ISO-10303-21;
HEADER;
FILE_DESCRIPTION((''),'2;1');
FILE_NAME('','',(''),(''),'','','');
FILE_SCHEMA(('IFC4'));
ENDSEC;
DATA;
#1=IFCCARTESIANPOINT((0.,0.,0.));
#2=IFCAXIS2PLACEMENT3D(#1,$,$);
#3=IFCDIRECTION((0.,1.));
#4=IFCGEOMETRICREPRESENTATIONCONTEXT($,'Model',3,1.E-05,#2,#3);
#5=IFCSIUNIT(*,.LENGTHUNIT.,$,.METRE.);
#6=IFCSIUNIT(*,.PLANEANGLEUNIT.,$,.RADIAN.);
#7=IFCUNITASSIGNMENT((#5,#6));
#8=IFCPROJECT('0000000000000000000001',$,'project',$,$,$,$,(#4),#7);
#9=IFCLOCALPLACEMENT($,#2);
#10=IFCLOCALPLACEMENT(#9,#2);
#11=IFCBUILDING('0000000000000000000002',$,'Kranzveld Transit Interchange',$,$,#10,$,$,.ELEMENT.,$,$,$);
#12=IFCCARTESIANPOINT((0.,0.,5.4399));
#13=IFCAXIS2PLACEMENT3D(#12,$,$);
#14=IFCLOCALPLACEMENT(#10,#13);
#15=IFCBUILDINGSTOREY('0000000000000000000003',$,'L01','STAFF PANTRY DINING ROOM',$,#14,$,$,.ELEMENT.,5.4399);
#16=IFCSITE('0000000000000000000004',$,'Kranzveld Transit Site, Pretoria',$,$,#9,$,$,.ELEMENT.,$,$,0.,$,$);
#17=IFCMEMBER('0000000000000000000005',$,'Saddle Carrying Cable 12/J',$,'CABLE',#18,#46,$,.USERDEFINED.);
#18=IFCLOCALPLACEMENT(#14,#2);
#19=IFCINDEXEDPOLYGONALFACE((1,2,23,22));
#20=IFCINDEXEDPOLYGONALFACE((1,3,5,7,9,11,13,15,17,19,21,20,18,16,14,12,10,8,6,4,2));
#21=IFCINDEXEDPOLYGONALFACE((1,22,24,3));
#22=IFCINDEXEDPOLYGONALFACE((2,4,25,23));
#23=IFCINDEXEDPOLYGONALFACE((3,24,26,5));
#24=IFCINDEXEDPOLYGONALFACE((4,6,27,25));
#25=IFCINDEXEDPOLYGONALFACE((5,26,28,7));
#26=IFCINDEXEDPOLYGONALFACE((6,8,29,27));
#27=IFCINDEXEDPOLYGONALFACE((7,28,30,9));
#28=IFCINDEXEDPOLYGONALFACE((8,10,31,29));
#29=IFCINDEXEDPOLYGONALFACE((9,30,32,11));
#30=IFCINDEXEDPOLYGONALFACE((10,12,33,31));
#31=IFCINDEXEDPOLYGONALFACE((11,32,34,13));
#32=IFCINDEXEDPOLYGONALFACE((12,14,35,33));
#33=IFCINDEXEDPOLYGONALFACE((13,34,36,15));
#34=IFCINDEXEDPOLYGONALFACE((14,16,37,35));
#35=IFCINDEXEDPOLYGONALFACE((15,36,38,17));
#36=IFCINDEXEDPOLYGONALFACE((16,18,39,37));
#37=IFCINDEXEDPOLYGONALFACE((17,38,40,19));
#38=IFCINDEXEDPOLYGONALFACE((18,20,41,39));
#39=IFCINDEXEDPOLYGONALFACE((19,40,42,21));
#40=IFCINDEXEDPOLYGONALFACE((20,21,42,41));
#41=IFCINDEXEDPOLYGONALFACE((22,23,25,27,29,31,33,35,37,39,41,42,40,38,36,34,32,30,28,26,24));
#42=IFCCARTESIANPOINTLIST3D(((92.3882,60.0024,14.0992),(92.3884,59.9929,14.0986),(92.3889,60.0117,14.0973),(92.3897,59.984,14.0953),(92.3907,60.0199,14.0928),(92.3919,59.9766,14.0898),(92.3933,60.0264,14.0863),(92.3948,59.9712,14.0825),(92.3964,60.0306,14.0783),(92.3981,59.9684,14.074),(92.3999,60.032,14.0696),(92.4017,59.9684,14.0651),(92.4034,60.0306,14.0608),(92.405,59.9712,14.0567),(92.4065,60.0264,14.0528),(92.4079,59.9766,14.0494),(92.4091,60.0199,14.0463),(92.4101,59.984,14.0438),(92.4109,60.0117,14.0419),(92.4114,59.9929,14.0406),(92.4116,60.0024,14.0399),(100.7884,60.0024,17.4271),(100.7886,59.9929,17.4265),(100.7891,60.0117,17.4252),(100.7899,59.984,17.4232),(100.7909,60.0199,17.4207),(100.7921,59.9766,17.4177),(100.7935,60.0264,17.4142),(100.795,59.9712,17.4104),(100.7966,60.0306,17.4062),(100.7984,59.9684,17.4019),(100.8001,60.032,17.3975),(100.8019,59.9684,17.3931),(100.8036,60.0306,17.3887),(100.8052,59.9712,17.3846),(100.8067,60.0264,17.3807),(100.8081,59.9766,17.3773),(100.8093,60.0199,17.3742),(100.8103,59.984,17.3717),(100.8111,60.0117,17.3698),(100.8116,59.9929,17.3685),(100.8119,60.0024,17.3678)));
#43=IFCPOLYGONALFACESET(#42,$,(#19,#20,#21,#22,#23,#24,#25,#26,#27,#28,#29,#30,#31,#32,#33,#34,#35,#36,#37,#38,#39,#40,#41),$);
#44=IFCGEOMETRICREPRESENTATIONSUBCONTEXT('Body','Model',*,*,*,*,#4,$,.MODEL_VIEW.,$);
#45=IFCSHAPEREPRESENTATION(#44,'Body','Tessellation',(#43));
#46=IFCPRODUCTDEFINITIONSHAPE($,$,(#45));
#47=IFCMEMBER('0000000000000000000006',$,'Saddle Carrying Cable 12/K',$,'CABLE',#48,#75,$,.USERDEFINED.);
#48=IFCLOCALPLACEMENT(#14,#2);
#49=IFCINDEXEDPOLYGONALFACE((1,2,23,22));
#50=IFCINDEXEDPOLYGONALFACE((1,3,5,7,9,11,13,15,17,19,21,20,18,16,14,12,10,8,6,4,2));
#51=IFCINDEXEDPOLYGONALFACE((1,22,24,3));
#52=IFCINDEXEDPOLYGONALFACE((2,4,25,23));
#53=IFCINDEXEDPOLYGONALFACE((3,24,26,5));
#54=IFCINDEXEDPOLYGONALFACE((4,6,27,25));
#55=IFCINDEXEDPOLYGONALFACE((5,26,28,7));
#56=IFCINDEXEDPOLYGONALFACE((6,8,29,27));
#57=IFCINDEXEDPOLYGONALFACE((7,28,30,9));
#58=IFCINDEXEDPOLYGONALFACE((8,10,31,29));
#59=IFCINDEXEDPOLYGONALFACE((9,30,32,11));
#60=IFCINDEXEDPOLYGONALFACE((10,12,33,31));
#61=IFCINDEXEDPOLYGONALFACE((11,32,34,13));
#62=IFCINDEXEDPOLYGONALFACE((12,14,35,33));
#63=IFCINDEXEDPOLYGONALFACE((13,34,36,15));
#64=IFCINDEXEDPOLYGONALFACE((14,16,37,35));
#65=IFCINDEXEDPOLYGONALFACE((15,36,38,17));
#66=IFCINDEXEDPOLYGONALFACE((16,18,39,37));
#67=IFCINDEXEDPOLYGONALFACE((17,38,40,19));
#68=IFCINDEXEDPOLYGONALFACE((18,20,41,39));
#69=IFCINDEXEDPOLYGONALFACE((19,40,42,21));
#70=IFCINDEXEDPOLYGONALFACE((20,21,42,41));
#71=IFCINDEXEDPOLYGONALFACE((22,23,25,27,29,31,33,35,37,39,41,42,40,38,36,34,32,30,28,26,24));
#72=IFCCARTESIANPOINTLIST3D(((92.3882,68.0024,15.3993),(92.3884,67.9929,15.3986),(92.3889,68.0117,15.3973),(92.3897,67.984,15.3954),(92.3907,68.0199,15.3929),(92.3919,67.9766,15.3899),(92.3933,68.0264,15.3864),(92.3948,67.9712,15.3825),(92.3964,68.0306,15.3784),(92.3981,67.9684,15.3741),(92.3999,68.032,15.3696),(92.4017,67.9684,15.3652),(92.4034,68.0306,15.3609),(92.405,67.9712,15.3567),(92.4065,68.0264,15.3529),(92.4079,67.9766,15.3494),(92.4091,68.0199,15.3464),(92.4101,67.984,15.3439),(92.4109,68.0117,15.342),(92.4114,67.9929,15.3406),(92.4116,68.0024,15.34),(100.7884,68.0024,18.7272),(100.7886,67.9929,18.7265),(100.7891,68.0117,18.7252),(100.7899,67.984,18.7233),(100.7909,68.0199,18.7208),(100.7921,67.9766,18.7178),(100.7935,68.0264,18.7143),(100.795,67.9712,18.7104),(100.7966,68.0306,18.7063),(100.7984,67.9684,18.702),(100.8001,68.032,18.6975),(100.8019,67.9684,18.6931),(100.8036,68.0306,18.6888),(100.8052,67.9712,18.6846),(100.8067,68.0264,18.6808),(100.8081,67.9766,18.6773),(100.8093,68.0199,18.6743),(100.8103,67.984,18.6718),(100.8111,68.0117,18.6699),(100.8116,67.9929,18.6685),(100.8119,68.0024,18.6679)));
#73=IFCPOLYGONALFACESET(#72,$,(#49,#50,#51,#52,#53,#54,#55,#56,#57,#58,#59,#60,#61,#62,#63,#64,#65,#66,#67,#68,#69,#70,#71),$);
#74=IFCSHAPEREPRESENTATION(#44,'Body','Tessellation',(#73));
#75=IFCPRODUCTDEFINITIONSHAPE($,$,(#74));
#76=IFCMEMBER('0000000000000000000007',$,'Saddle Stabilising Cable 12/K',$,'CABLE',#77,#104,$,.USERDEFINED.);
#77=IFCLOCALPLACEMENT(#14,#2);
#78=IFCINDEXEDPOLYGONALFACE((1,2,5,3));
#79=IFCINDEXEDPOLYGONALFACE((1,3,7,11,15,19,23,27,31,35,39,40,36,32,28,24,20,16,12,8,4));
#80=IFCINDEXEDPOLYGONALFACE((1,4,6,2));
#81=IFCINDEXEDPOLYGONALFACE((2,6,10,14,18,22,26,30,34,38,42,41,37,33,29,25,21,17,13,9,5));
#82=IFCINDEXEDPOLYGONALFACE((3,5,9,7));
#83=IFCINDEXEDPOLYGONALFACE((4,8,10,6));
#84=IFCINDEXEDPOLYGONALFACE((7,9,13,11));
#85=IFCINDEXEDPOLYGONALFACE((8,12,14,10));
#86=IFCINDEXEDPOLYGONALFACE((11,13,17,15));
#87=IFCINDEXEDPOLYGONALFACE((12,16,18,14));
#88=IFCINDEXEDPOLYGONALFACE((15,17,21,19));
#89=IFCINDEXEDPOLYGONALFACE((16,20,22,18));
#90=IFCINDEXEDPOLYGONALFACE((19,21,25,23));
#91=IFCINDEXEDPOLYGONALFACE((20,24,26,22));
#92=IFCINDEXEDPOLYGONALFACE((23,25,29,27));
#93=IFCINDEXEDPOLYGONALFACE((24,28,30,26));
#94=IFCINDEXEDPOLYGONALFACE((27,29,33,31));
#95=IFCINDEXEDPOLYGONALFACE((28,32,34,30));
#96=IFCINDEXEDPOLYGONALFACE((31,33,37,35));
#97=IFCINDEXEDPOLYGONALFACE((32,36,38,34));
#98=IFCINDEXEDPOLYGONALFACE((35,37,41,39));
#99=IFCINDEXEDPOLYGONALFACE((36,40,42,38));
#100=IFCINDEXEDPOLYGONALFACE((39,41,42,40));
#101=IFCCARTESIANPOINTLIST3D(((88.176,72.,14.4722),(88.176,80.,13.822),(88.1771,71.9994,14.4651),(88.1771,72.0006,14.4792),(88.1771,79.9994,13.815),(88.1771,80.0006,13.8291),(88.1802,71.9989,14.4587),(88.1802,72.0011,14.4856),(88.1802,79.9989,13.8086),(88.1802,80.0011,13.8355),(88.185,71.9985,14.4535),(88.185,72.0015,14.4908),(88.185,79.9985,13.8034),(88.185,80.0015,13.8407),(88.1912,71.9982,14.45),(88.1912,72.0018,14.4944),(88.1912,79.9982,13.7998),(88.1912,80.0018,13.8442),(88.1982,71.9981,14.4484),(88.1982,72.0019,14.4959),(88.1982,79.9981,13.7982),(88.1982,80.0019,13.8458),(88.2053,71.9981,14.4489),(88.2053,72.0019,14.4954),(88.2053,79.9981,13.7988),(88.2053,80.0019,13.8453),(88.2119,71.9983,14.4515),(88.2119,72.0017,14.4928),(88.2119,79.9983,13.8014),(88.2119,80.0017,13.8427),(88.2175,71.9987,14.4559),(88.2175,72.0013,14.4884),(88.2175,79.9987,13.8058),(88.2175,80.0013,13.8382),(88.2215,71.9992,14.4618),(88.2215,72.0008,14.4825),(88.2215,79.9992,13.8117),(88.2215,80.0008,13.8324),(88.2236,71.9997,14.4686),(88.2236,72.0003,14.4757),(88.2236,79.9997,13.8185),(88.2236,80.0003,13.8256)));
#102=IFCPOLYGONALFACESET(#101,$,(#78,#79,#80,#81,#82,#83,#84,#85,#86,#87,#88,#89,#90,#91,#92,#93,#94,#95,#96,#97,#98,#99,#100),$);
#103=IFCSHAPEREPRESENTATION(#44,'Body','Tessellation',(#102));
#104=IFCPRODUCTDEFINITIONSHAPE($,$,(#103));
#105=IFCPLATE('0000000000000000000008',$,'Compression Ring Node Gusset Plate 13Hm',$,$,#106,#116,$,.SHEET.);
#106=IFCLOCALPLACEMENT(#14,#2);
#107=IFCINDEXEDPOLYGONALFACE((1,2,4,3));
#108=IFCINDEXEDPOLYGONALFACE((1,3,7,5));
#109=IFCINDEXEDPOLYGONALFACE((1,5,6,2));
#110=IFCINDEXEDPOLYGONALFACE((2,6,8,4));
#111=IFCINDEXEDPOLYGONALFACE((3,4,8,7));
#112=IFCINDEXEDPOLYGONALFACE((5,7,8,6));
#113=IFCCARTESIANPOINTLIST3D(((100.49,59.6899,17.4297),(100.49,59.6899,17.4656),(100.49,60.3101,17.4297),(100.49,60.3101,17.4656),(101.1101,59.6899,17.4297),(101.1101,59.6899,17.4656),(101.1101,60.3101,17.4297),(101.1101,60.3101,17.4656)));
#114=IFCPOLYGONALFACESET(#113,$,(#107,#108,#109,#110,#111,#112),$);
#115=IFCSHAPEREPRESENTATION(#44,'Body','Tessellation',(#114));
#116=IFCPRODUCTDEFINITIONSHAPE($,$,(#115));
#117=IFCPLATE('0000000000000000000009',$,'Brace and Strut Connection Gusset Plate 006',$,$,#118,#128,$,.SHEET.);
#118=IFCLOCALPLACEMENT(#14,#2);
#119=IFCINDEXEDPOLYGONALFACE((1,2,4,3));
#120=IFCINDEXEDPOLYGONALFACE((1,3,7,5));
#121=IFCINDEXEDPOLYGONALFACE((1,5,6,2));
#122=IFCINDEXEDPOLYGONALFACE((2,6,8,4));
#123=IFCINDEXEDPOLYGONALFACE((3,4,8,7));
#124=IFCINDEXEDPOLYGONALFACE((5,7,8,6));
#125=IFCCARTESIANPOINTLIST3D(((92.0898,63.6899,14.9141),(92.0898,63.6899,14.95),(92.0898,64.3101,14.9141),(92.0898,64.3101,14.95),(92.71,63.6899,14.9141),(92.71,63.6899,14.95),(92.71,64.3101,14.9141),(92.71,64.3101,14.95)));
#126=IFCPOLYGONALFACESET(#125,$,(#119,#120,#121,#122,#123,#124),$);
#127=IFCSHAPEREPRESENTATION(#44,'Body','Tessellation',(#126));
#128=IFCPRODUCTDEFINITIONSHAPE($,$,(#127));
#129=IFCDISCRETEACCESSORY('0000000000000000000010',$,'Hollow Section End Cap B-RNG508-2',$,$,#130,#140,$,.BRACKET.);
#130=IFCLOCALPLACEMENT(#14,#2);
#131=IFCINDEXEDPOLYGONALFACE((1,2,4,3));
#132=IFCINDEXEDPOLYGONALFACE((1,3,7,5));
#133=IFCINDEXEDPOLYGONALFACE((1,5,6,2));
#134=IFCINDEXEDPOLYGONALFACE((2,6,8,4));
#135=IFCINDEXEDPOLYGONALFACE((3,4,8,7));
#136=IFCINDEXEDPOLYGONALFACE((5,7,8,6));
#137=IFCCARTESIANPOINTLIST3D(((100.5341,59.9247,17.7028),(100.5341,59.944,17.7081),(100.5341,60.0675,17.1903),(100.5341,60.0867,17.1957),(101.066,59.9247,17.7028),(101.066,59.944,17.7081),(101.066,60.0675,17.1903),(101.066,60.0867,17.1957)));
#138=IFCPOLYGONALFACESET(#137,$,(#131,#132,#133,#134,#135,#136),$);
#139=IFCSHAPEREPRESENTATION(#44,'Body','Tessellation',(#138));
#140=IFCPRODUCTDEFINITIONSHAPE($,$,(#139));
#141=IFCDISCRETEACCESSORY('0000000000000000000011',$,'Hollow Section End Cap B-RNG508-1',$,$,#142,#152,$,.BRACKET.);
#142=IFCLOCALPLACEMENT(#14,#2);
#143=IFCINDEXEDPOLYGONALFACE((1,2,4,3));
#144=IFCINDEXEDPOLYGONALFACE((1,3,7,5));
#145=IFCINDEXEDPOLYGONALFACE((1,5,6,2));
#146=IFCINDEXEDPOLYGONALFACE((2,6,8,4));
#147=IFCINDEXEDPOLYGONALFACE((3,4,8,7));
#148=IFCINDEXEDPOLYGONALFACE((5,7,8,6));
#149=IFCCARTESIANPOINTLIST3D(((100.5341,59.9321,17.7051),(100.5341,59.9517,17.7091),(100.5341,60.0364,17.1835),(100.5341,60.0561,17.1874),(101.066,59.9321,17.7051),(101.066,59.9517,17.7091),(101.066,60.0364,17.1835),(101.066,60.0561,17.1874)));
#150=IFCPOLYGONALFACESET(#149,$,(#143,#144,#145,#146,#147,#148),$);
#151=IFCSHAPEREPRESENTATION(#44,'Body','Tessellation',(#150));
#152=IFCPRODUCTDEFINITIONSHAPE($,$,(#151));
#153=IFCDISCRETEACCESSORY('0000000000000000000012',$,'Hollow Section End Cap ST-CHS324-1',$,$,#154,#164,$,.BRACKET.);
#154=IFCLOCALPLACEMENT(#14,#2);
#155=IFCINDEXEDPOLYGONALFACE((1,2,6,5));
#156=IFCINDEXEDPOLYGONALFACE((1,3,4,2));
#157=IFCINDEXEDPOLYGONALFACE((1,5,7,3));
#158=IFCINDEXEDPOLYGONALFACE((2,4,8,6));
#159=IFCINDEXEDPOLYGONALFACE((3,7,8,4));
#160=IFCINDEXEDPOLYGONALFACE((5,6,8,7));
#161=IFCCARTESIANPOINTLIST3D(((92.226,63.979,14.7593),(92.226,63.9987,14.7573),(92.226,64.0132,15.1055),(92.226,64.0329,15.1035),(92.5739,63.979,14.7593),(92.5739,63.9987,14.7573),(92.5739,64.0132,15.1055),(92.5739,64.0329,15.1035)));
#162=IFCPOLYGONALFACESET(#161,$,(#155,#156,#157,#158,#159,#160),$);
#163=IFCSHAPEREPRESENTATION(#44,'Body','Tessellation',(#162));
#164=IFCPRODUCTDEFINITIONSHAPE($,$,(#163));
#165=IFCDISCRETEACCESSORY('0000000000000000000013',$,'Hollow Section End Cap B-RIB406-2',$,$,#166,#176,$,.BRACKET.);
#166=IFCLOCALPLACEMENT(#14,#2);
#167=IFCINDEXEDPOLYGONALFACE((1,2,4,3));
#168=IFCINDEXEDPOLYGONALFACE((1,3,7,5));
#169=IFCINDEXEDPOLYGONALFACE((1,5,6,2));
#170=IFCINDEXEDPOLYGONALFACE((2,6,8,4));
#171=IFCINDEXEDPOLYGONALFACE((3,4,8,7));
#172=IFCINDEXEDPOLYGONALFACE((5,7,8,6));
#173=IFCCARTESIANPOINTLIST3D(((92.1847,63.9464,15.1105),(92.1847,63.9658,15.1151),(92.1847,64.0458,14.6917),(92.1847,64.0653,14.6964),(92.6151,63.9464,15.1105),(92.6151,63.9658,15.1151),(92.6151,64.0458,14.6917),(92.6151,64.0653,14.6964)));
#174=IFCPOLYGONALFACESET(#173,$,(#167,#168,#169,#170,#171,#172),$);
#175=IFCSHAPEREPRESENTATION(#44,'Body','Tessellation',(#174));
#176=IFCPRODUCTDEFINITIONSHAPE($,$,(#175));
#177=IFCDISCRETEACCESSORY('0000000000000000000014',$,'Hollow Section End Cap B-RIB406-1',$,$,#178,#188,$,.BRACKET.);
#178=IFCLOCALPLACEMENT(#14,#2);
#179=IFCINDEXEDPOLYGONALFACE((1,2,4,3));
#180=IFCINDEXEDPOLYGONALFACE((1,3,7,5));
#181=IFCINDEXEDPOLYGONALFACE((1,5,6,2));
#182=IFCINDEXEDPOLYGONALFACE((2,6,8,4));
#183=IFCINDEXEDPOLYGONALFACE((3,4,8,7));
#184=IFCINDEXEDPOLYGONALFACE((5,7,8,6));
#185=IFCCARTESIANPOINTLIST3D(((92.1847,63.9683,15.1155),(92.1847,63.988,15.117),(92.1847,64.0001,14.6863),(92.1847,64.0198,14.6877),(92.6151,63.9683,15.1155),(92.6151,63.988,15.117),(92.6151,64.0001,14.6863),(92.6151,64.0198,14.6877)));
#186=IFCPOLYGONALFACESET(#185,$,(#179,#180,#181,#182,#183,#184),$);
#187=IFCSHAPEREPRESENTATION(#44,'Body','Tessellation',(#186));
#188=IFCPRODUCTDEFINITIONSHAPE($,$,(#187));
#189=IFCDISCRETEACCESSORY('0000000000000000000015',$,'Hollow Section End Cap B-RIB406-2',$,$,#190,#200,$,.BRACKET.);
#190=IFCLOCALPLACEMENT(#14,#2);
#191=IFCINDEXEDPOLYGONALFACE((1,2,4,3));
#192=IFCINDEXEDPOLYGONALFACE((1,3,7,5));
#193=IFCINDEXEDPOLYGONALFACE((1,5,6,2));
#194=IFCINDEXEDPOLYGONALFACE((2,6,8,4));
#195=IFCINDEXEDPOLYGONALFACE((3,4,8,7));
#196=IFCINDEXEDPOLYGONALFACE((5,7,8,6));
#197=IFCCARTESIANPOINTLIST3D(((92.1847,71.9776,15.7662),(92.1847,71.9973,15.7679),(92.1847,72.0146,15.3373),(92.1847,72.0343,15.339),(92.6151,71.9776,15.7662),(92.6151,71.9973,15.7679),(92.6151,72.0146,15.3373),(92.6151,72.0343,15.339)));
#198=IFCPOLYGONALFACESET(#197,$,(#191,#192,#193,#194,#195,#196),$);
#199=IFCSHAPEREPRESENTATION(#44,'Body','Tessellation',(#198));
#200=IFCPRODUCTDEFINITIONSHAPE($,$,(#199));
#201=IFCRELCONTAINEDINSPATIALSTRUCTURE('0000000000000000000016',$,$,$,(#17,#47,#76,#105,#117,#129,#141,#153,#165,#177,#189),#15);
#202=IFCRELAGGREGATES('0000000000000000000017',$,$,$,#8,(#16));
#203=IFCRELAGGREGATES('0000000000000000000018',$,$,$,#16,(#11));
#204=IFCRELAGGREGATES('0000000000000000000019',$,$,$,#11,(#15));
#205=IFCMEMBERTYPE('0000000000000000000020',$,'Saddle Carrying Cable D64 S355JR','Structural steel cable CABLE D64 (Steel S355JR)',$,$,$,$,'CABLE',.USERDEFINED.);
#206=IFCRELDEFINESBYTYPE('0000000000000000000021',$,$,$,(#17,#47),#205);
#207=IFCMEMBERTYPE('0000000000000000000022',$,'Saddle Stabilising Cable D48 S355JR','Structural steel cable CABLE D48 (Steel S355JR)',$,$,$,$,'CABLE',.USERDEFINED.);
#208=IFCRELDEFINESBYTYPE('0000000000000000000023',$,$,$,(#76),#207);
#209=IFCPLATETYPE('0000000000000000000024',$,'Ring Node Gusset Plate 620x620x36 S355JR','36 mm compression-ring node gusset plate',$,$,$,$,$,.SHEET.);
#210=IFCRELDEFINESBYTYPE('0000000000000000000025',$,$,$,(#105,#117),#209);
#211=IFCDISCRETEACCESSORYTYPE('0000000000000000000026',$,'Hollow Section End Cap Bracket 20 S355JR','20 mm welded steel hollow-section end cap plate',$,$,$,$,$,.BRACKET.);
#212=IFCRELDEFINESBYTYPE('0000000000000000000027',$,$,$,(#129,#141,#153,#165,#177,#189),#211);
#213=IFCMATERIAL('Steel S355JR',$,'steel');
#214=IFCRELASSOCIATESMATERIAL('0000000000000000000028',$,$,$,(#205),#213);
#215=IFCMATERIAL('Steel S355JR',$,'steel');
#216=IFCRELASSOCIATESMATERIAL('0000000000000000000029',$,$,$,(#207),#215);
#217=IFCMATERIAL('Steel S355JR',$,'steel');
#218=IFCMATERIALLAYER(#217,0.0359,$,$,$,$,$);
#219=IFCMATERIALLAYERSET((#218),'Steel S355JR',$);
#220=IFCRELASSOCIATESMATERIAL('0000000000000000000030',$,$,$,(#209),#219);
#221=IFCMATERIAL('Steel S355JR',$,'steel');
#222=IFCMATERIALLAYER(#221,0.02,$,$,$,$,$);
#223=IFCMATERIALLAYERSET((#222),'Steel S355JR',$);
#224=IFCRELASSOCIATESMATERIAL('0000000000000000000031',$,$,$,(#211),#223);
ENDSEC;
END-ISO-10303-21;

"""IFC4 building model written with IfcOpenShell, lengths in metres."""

from ifc_helpers import new_model, si_unit, direction, frame, origin, origin_2d, place, context, subcontext, project, spatial, rectangle, circle, extrude, material, layer, layer_set, material_profile, profile_set, type_object, element, save


model = new_model("IFC4")

# Units and contexts
model_context = context("Model", 3, precision=1e-05, world=origin(), true_north=direction((0.0, 1.0)))
body_context = subcontext(model_context, "Body", "Model", "MODEL_VIEW")
ifc_project = project(units=[si_unit("LENGTHUNIT", "METRE"), si_unit("PLANEANGLEUNIT", "RADIAN")], contexts=[model_context])

# Site, building, storey
site_placement = place(None, origin())
site = spatial("IfcSite", under=ifc_project, at=site_placement, Name="Kranzveld Transit Site, Pretoria", CompositionType="ELEMENT", RefElevation=0.0)
building_placement = place(site_placement, origin())
building = spatial("IfcBuilding", under=site, at=building_placement, Name="Kranzveld Transit Interchange", CompositionType="ELEMENT")
storey_placement = place(building_placement, frame((0.0, 0.0, 5.4399)))
storey = spatial("IfcBuildingStorey", under=building, at=storey_placement, Name="L01", Description="STAFF PANTRY DINING ROOM", CompositionType="ELEMENT", Elevation=5.4399)

# Members
ifc_material_1 = material(Name="Steel S355JR", Category="steel")
ifc_material_profile_1 = material_profile(ifc_material_1, circle(Radius=0.032, at=origin_2d()), Name="CABLE D64")
ifc_profile_set_1 = profile_set([ifc_material_profile_1], Name="Steel S355JR")
member_type_1 = type_object("IfcMemberType", Name="Saddle Carrying Cable D64 S355JR", Description="Structural steel cable CABLE D64 (Steel S355JR)", ElementType="CABLE", PredefinedType="USERDEFINED", material=ifc_profile_set_1)
for number, where, z_axis, x_axis, name in (
    (1, (92.3999, 60.0, 14.0696), (0.9297, 0.0, 0.368319), (0.0, 1.0, 0.0), "Saddle Carrying Cable 12/J"),
    (2, (92.3999, 68.0, 15.3696), (0.9297, 0.0, 0.368319), (0.0, 1.0, 0.0), "Saddle Carrying Cable 12/K"),
):
    element("IfcMember", number, at=place(storey_placement, frame(where, z_axis=z_axis, x_axis=x_axis)), inside=storey, type_object=member_type_1, Name=name, ObjectType="CABLE", PredefinedType="USERDEFINED", context=body_context, shape_type="SweptSolid", body=[
        extrude(circle(Radius=0.032, at=origin_2d()), origin(), (0.0, 0.0, 1.0), 9.0354),
    ])
ifc_material_2 = material(Name="Steel S355JR", Category="steel")
ifc_material_profile_2 = material_profile(ifc_material_2, circle(Radius=0.0239, at=origin_2d()), Name="CABLE D48")
ifc_profile_set_2 = profile_set([ifc_material_profile_2], Name="Steel S355JR")
member_type_2 = type_object("IfcMemberType", Name="Saddle Stabilising Cable D48 S355JR", Description="Structural steel cable CABLE D48 (Steel S355JR)", ElementType="CABLE", PredefinedType="USERDEFINED", material=ifc_profile_set_2)
member_1_placement = place(storey_placement, frame((88.2, 72.0, 14.4722), z_axis=(0.0, 0.996714, -0.081001), x_axis=(-1.0, 0.0, 0.0)))
element("IfcMember", 3, at=member_1_placement, inside=storey, type_object=member_type_2, Name="Saddle Stabilising Cable 12/K", ObjectType="CABLE", PredefinedType="USERDEFINED", context=body_context, shape_type="SweptSolid", body=[
    extrude(circle(Radius=0.0239, at=origin_2d()), origin(), (0.0, 0.0, 1.0), 8.0264),
])

# Plates
ifc_material_3 = material(Name="Steel S355JR", Category="steel")
ifc_layer_1 = layer(ifc_material_3, 0.0359)
ifc_layer_set_1 = layer_set([ifc_layer_1], Name="Steel S355JR")
plate_type = type_object("IfcPlateType", Name="Ring Node Gusset Plate 620x620x36 S355JR", Description="36 mm compression-ring node gusset plate", PredefinedType="SHEET", material=ifc_layer_set_1)
for number, where, z_axis, x_axis, name in (
    (4, (100.8, 60.0, 17.4297), (0.0, 0.0, 1.0), (1.0, 0.0, 0.0), "Compression Ring Node Gusset Plate 13Hm"),
    (5, (92.3999, 64.0, 14.9141), (0.0, 0.0, 1.0), (1.0, 0.0, 0.0), "Brace and Strut Connection Gusset Plate 006"),
):
    element("IfcPlate", number, at=place(storey_placement, frame(where, z_axis=z_axis, x_axis=x_axis)), inside=storey, type_object=plate_type, Name=name, PredefinedType="SHEET", context=body_context, shape_type="SweptSolid", body=[
        extrude(rectangle(XDim=0.6201, YDim=0.6201, at=origin_2d()), origin(), (0.0, 0.0, 1.0), 0.0359),
    ])

# Discrete accessories
ifc_material_4 = material(Name="Steel S355JR", Category="steel")
ifc_layer_2 = layer(ifc_material_4, 0.02)
ifc_layer_set_2 = layer_set([ifc_layer_2], Name="Steel S355JR")
discrete_accessory_type = type_object("IfcDiscreteAccessoryType", Name="Hollow Section End Cap Bracket 20 S355JR", Description="20 mm welded steel hollow-section end cap plate", PredefinedType="BRACKET", material=ifc_layer_set_2)
for number, where, z_axis, x_axis, name in (
    (6, (100.8, 59.9961, 17.4465), (0.0, 0.963343, 0.268273), (-1.0, 0.0, 0.0), "Hollow Section End Cap B-RNG508-2"),
    (7, (100.8, 60.0039, 17.4482), (0.0, -0.980581, -0.196116), (1.0, 0.0, 0.0), "Hollow Section End Cap B-RNG508-1"),
):
    element("IfcDiscreteAccessory", number, at=place(storey_placement, frame(where, z_axis=z_axis, x_axis=x_axis)), inside=storey, type_object=discrete_accessory_type, Name=name, PredefinedType="BRACKET", context=body_context, shape_type="SweptSolid", body=[
        extrude(rectangle(XDim=0.532, YDim=0.532, at=origin_2d()), origin(), (0.0, 0.0, 1.0), 0.02),
    ])
discrete_accessory_1_placement = place(storey_placement, frame((92.3999, 63.9961, 14.9324), z_axis=(0.0, 0.995158, -0.098287), x_axis=(-1.0, 0.0, 0.0)))
element("IfcDiscreteAccessory", 8, at=discrete_accessory_1_placement, inside=storey, type_object=discrete_accessory_type, Name="Hollow Section End Cap ST-CHS324-1", PredefinedType="BRACKET", context=body_context, shape_type="SweptSolid", body=[
    extrude(rectangle(XDim=0.3479, YDim=0.3479, at=origin_2d()), origin(), (0.0, 0.0, 1.0), 0.0198),
])
discrete_accessory_2_placement = place(storey_placement, frame((92.3999, 63.9961, 14.9011), z_axis=(0.0, 0.972937, 0.231072), x_axis=(-1.0, 0.0, 0.0)))
element("IfcDiscreteAccessory", 9, at=discrete_accessory_2_placement, inside=storey, type_object=discrete_accessory_type, Name="Hollow Section End Cap B-RIB406-2", PredefinedType="BRACKET", context=body_context, shape_type="SweptSolid", body=[
    extrude(rectangle(XDim=0.4304, YDim=0.4304, at=origin_2d()), origin(), (0.0, 0.0, 1.0), 0.02),
])
for number, where, z_axis, x_axis, name in (
    (10, (92.3999, 64.0039, 14.9023), (0.0, -0.997268, -0.073872), (1.0, 0.0, 0.0), "Hollow Section End Cap B-RIB406-1"),
    (11, (92.3999, 71.9961, 15.5518), (0.0, 0.996287, 0.086099), (-1.0, 0.0, 0.0), "Hollow Section End Cap B-RIB406-2"),
):
    element("IfcDiscreteAccessory", number, at=place(storey_placement, frame(where, z_axis=z_axis, x_axis=x_axis)), inside=storey, type_object=discrete_accessory_type, Name=name, PredefinedType="BRACKET", context=body_context, shape_type="SweptSolid", body=[
        extrude(rectangle(XDim=0.4304, YDim=0.4304, at=origin_2d()), origin(), (0.0, 0.0, 1.0), 0.0198),
    ])

save(model, "model.ifc")
